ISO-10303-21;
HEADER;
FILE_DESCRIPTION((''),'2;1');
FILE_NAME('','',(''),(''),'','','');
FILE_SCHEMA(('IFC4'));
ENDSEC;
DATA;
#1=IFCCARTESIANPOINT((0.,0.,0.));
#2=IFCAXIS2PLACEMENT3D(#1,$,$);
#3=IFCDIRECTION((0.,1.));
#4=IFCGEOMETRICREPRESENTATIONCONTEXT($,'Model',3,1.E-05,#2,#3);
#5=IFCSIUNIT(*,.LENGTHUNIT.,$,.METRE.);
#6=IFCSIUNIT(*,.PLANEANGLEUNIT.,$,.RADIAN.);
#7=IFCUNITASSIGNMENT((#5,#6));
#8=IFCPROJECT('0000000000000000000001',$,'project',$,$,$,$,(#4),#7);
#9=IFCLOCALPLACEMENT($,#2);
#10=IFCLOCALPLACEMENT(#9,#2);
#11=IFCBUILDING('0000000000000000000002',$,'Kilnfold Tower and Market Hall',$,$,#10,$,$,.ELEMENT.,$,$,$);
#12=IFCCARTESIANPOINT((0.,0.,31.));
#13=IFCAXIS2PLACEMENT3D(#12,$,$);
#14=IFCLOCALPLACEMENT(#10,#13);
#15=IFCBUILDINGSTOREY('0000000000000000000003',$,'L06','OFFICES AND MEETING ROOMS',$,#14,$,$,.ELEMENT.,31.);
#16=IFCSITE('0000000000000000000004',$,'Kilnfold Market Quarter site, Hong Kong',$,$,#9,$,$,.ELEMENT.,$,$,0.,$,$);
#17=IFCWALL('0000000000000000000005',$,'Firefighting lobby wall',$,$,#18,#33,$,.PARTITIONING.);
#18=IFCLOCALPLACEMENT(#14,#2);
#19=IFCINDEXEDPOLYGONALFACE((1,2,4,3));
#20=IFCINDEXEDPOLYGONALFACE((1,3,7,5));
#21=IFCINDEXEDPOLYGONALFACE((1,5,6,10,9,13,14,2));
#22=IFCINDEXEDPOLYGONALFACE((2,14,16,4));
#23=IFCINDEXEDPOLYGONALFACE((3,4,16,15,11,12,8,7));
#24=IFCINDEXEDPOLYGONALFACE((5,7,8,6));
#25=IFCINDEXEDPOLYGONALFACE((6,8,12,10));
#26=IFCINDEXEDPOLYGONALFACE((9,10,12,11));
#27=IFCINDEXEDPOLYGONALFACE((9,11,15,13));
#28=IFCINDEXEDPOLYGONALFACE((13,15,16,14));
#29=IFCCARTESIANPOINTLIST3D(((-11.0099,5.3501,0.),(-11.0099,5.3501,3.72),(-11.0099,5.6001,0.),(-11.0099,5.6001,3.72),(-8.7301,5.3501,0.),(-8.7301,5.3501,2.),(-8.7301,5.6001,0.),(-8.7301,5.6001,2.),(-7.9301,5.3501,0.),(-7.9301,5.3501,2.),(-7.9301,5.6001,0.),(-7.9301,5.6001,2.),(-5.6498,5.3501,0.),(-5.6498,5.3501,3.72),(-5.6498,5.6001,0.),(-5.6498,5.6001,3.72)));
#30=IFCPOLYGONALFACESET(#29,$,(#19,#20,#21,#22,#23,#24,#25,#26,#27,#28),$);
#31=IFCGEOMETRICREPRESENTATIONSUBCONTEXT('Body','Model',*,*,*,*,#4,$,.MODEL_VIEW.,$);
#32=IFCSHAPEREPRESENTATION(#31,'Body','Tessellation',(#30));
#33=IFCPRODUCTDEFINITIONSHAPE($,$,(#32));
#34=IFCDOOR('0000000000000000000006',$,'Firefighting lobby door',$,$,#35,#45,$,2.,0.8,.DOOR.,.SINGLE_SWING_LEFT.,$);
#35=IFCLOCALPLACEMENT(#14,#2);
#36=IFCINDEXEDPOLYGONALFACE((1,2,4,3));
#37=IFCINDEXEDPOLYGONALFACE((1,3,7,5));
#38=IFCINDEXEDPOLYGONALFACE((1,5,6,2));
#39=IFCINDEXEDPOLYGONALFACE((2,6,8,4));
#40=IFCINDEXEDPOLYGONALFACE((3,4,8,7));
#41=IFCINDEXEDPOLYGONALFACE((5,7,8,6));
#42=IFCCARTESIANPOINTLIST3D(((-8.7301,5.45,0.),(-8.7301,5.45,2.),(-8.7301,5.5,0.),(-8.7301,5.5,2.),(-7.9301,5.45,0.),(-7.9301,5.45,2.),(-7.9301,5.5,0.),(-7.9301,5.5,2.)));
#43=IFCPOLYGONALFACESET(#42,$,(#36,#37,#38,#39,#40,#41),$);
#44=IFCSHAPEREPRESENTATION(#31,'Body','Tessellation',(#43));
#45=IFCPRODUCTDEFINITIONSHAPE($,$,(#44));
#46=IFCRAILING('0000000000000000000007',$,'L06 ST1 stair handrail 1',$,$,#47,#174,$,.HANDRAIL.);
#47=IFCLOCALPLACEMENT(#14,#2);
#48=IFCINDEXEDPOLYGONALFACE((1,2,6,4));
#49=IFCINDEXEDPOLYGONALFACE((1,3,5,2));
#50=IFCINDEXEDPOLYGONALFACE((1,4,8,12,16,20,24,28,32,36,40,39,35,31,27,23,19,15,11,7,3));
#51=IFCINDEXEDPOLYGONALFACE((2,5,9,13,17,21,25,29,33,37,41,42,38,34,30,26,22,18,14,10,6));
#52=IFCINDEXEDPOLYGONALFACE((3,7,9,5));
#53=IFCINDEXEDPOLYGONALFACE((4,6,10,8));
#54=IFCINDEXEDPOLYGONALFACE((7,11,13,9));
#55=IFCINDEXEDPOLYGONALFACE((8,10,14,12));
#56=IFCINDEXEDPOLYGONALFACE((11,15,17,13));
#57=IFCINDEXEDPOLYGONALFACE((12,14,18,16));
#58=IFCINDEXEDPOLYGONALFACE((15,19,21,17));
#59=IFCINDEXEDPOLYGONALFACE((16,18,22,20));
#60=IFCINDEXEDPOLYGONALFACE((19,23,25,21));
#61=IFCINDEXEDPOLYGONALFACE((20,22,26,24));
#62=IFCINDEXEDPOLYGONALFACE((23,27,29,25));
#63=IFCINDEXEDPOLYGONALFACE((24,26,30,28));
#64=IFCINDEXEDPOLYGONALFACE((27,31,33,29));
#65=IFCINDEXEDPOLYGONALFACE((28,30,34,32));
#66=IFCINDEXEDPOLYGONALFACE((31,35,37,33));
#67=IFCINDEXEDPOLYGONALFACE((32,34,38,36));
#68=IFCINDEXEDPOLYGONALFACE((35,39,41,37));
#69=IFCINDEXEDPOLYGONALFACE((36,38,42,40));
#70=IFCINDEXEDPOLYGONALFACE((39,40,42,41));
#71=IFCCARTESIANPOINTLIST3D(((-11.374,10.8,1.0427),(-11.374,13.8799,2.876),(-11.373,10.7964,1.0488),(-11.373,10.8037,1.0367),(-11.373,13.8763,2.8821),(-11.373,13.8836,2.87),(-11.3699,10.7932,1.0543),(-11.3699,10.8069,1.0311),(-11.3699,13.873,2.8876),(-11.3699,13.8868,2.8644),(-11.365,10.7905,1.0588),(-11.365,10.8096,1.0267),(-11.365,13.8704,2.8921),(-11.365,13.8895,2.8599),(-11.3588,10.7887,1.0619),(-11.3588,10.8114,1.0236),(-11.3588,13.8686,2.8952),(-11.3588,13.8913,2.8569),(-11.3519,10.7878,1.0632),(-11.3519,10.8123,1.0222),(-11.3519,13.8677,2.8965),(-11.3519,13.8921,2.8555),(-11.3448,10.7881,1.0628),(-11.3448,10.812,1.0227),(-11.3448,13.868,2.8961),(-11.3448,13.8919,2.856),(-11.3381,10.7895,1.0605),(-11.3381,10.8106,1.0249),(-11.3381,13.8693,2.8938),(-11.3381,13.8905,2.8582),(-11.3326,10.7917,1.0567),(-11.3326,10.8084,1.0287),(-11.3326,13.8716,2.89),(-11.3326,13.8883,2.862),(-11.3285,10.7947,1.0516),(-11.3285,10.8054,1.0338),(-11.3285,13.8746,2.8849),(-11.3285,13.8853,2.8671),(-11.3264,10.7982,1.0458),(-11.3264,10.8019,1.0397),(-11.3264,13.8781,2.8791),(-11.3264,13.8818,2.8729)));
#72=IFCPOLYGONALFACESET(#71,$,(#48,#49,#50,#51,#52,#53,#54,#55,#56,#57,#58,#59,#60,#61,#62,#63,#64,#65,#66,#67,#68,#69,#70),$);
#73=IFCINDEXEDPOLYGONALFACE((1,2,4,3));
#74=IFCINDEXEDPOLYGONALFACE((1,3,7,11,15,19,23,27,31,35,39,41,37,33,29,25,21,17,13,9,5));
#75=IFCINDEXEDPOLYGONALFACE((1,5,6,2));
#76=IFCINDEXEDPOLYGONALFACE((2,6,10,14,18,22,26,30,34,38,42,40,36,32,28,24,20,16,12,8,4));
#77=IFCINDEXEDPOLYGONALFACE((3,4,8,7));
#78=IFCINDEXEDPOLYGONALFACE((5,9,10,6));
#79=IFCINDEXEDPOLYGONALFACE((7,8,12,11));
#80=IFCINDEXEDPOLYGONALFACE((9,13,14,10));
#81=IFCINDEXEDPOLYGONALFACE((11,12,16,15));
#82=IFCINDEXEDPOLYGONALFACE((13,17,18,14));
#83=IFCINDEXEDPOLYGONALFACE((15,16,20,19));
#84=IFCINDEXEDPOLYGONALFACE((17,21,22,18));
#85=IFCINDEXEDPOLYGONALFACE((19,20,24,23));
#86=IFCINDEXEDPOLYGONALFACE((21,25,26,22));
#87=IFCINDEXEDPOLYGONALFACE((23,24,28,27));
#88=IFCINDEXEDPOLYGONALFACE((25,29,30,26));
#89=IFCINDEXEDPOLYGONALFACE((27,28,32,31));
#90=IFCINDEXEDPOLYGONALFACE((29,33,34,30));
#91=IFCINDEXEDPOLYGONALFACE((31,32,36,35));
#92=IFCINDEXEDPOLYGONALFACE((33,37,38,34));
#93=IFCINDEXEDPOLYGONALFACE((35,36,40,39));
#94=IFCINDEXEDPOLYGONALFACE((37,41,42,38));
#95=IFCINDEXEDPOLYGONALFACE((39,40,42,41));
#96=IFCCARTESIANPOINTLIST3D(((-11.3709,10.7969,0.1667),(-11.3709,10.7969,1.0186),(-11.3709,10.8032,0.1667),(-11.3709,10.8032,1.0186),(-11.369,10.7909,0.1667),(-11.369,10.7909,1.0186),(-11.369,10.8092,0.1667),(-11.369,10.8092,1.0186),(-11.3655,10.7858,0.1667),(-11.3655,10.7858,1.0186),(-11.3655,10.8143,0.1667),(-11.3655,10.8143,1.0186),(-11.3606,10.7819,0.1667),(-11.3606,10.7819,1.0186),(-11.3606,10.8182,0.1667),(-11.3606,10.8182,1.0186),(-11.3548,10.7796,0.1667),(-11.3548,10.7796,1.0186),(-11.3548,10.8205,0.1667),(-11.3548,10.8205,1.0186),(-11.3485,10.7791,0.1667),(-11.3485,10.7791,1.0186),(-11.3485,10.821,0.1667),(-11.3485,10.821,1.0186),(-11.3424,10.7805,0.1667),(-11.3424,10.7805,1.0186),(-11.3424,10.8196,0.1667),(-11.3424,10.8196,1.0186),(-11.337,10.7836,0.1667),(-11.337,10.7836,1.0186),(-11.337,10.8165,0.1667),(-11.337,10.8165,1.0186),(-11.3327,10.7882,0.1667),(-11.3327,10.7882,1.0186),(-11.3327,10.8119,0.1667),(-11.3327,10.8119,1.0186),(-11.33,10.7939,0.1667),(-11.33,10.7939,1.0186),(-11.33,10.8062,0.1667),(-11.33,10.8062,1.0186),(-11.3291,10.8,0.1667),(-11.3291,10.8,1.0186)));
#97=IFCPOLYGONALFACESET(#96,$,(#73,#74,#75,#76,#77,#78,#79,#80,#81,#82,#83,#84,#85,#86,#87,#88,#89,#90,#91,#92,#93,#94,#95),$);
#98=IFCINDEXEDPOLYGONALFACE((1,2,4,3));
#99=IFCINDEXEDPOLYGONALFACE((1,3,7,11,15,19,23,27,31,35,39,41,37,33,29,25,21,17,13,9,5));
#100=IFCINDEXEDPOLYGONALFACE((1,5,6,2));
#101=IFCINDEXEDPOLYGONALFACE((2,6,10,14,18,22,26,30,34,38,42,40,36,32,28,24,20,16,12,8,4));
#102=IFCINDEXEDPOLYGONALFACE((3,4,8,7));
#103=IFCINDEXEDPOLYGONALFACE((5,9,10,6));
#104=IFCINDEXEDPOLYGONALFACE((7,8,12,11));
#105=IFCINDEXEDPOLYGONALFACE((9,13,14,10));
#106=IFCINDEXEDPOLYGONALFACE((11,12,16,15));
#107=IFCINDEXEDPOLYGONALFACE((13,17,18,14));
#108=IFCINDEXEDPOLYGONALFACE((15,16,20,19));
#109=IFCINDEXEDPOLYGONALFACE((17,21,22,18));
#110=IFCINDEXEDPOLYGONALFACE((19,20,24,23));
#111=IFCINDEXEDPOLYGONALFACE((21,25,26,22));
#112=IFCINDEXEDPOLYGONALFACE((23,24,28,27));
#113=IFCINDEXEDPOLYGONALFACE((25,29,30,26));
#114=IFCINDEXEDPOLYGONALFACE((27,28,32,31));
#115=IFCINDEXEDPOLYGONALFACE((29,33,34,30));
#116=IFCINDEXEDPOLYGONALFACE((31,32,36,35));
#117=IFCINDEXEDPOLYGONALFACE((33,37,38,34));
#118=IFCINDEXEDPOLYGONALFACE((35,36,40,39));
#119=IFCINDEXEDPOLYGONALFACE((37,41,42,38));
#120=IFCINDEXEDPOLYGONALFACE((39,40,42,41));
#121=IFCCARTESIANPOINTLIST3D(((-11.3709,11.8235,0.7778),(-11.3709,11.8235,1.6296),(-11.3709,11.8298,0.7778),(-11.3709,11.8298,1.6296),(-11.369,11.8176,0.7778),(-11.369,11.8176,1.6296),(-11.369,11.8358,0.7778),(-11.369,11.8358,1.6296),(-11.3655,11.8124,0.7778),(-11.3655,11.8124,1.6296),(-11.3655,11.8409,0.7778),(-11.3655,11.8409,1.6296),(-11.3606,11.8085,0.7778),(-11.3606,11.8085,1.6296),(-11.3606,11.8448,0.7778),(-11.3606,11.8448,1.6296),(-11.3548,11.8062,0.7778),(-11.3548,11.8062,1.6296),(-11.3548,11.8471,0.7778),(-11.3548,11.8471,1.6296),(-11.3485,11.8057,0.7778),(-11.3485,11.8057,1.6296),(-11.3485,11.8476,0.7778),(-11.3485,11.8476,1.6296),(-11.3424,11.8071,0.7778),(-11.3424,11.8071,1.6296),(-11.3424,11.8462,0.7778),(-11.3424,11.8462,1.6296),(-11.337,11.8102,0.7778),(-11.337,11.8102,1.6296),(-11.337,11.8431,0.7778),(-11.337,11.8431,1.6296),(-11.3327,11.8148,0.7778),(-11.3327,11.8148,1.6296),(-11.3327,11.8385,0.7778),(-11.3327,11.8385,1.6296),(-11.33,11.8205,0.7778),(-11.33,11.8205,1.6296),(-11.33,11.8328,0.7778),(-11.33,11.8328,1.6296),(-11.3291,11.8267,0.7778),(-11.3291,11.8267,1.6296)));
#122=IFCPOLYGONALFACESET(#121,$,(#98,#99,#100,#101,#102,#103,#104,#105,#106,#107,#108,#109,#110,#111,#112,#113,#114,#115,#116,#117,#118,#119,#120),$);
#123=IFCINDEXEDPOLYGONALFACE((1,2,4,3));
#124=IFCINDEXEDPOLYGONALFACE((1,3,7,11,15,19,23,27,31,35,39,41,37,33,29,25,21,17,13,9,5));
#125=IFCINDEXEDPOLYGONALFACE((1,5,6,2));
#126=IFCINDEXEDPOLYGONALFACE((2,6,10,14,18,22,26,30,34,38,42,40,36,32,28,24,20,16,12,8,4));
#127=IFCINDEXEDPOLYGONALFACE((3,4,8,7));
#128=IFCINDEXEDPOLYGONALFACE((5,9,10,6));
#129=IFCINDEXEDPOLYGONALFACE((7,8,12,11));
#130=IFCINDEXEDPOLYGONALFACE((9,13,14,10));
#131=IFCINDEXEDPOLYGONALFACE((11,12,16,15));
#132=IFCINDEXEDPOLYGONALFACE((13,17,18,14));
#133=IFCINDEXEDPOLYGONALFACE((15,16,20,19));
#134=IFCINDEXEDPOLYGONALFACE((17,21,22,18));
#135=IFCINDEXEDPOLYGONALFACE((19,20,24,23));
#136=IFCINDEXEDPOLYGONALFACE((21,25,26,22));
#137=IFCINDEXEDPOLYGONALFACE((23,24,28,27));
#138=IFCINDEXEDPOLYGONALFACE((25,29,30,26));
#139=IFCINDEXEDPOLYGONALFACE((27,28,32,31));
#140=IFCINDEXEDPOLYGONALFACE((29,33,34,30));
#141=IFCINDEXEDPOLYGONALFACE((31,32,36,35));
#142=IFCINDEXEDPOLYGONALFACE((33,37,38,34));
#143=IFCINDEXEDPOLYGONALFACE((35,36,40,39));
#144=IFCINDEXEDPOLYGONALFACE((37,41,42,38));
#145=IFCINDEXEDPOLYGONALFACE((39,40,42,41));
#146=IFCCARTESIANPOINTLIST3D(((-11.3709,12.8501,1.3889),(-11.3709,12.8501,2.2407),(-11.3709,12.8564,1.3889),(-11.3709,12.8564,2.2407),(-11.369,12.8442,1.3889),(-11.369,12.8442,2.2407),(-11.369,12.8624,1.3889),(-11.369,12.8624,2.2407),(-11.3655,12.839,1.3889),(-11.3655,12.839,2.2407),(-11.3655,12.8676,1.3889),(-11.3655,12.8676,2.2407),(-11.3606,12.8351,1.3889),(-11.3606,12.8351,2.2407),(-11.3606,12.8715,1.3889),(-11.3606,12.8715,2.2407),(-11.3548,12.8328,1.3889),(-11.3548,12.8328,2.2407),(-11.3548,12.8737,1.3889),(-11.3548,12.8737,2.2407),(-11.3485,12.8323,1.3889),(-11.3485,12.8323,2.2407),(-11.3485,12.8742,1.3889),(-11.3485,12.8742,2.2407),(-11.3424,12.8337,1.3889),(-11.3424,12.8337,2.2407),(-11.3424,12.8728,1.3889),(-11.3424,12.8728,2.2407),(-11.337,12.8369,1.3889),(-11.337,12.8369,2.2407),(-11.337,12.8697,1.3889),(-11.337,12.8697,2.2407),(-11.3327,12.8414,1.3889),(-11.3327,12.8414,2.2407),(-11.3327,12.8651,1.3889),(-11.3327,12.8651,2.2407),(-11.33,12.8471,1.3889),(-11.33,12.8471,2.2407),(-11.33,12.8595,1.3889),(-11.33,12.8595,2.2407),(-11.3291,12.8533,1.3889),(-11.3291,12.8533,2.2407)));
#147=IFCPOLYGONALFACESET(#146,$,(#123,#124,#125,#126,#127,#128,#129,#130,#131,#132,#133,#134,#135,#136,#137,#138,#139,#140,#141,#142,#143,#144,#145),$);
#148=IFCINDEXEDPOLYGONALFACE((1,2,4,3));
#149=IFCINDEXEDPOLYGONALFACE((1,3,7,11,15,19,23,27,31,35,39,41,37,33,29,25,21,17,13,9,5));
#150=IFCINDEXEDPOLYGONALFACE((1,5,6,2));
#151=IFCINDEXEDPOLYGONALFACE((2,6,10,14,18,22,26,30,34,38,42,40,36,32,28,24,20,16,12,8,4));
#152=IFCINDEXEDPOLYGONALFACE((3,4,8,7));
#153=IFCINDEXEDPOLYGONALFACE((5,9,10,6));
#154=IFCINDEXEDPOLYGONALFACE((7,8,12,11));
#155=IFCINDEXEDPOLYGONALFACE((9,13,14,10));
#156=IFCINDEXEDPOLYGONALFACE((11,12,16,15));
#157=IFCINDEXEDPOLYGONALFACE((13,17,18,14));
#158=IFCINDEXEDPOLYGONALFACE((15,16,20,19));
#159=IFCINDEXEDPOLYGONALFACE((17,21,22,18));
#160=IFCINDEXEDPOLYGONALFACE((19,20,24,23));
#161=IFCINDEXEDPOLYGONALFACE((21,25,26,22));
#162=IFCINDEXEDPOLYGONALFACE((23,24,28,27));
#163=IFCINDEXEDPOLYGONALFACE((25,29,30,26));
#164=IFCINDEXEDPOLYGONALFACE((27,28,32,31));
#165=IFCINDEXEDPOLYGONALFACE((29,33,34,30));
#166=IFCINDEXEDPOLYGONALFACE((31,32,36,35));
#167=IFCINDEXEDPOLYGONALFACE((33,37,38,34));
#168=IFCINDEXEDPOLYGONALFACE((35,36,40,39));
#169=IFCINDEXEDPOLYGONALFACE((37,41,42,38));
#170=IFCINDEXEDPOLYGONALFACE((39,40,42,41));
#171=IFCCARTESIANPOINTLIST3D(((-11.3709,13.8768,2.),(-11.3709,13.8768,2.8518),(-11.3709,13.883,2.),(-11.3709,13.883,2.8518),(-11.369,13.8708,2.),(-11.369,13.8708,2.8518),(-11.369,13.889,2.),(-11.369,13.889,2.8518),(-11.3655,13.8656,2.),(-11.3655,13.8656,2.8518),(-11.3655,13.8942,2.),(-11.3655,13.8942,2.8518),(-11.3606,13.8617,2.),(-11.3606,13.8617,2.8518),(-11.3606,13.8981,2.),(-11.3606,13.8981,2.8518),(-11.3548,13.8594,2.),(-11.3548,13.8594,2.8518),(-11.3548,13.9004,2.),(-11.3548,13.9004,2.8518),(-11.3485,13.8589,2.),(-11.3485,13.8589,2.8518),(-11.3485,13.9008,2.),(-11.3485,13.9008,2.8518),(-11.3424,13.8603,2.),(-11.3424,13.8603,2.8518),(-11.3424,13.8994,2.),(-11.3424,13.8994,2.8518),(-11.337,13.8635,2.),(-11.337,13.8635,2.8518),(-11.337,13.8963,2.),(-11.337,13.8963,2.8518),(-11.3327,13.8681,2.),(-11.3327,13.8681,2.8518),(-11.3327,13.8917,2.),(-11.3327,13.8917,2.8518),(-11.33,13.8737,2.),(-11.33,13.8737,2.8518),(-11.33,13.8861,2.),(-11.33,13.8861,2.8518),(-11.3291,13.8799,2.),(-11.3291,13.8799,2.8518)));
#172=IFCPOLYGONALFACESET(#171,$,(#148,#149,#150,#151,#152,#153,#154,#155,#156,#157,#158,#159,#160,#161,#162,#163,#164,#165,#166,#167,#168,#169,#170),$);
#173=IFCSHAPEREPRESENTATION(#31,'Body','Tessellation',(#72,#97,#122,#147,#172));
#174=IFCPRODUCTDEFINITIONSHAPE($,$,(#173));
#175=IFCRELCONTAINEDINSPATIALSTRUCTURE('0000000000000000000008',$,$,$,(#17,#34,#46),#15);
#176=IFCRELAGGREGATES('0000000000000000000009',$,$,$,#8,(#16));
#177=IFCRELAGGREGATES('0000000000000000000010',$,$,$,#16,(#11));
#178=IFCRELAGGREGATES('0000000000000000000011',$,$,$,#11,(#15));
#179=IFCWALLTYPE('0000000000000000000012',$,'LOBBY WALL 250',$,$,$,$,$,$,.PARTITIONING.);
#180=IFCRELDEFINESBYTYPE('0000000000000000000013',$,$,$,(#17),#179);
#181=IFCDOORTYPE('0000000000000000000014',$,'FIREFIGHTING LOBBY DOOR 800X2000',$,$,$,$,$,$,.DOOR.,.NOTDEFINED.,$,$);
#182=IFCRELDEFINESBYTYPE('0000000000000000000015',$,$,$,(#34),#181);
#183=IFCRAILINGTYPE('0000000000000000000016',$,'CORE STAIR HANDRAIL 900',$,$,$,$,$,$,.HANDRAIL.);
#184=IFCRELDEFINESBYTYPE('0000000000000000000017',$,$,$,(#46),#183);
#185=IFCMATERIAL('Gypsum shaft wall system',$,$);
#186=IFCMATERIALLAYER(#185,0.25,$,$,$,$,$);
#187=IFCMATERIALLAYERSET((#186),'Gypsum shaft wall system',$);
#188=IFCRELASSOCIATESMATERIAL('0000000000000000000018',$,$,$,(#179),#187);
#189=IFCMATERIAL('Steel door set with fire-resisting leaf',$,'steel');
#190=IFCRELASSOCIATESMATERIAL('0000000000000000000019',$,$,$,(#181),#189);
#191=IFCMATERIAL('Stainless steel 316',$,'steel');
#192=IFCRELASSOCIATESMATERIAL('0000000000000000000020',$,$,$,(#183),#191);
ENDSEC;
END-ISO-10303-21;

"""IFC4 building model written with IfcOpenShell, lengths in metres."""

from ifc_helpers import new_model, si_unit, direction, frame, frame_2d, origin, origin_2d, place, context, subcontext, project, spatial, rectangle, circle, extrude, source, transform, mapped, material, layer, layer_set, type_object, element, fill, save


model = new_model("IFC4")

# Units and contexts
model_context = context("Model", 3, precision=1e-05, world=origin(), true_north=direction((0.0, 1.0)))
body_context = subcontext(model_context, "Body", "Model", "MODEL_VIEW")
ifc_project = project(units=[si_unit("LENGTHUNIT", "METRE"), si_unit("PLANEANGLEUNIT", "RADIAN")], contexts=[model_context])

# Site, building, storey
site_placement = place(None, origin())
site = spatial("IfcSite", under=ifc_project, at=site_placement, Name="Kilnfold Market Quarter site, Hong Kong", CompositionType="ELEMENT", RefElevation=0.0)
building_placement = place(site_placement, origin())
building = spatial("IfcBuilding", under=site, at=building_placement, Name="Kilnfold Tower and Market Hall", CompositionType="ELEMENT")
storey_placement = place(building_placement, frame((0.0, 0.0, 31.0)))
storey = spatial("IfcBuildingStorey", under=building, at=storey_placement, Name="L06", Description="OFFICES AND MEETING ROOMS", CompositionType="ELEMENT", Elevation=31.0)

# Shared definitions
ifc_material_1 = material(Name="Gypsum shaft wall system")
ifc_layer_1 = layer(ifc_material_1, 0.25)
ifc_layer_set_1 = layer_set([ifc_layer_1], Name="Gypsum shaft wall system")
wall_type_1 = type_object("IfcWallType", Name="LOBBY WALL 250", PredefinedType="PARTITIONING", material=ifc_layer_set_1)

# Wall, opening, door
shared_shape_1 = source(origin(), body_context, "Body", "SweptSolid", [
    extrude(rectangle(XDim=5.3601, YDim=0.25, at=frame_2d((2.6802, 0.0))), origin(), (0.0, 0.0, 1.0), 3.72),
])
wall_1_placement = place(storey_placement, frame((-11.01, 5.4751, 0.0), z_axis=(0.0, 0.0, 1.0), x_axis=(1.0, 0.0, 0.0)))
wall_1 = element("IfcWall", 1, at=wall_1_placement, inside=storey, type_object=wall_type_1, Name="Firefighting lobby wall", PredefinedType="PARTITIONING", context=body_context, shape_type="MappedRepresentation", body=[
    mapped(shared_shape_1, transform((0.0, 0.0, 0.0))),
])
opening_1_placement = place(wall_1_placement, frame((2.28, 0.0, 0.0)))
opening_1 = element("IfcOpeningElement", 2, at=opening_1_placement, cuts=wall_1, PredefinedType="OPENING", context=body_context, shape_type="SweptSolid", body=[
    extrude(rectangle(XDim=0.8, YDim=2.0, at=frame_2d((0.3999, 1.0))), frame((0.0, 0.135, 0.0), z_axis=(0.0, -1.0, 0.0), x_axis=(1.0, 0.0, 0.0)), (0.0, 0.0, 1.0), 0.27),
])
ifc_material_2 = material(Name="Steel door set with fire-resisting leaf", Category="steel")
door_type_1 = type_object("IfcDoorType", Name="FIREFIGHTING LOBBY DOOR 800X2000", OperationType="NOTDEFINED", PredefinedType="DOOR", material=ifc_material_2)
door_1_placement = place(opening_1_placement, origin())
door_1 = element("IfcDoor", 3, at=door_1_placement, inside=storey, type_object=door_type_1, Name="Firefighting lobby door", OperationType="SINGLE_SWING_LEFT", OverallHeight=2.0, OverallWidth=0.8, PredefinedType="DOOR", context=body_context, shape_type="SweptSolid", body=[
    extrude(rectangle(XDim=0.8, YDim=2.0, at=frame_2d((0.3999, 1.0))), frame((0.0, 0.0249, 0.0), z_axis=(0.0, -1.0, 0.0), x_axis=(1.0, 0.0, 0.0)), (0.0, 0.0, 1.0), 0.05),
])
fill(opening_1, door_1)

# Railing
ifc_material_3 = material(Name="Stainless steel 316", Category="steel")
railing_type_1 = type_object("IfcRailingType", Name="CORE STAIR HANDRAIL 900", PredefinedType="HANDRAIL", material=ifc_material_3)
railing_1_placement = place(storey_placement, frame((-11.3501, 10.8, 0.1667)))
element("IfcRailing", 4, at=railing_1_placement, inside=storey, type_object=railing_type_1, Name="L06 ST1 stair handrail 1", PredefinedType="HANDRAIL", context=body_context, shape_type="SweptSolid", body=[
    extrude(circle(Radius=0.0239, at=origin_2d()), frame((0.0, 0.0, 0.876), z_axis=(0.0, 0.859291, 0.511487), x_axis=(-1.0, 0.0, 0.0)), (0.0, 0.0, 1.0), 3.5842),
    extrude(circle(Radius=0.021, at=origin_2d()), origin(), (0.0, 0.0, 1.0), 0.8518),
    extrude(circle(Radius=0.021, at=origin_2d()), frame((0.0, 1.0266, 0.6111)), (0.0, 0.0, 1.0), 0.8518),
    extrude(circle(Radius=0.021, at=origin_2d()), frame((0.0, 2.0532, 1.2222)), (0.0, 0.0, 1.0), 0.8518),
    extrude(circle(Radius=0.021, at=origin_2d()), frame((0.0, 3.0798, 1.8333)), (0.0, 0.0, 1.0), 0.8518),
])

save(model, "model.ifc")
